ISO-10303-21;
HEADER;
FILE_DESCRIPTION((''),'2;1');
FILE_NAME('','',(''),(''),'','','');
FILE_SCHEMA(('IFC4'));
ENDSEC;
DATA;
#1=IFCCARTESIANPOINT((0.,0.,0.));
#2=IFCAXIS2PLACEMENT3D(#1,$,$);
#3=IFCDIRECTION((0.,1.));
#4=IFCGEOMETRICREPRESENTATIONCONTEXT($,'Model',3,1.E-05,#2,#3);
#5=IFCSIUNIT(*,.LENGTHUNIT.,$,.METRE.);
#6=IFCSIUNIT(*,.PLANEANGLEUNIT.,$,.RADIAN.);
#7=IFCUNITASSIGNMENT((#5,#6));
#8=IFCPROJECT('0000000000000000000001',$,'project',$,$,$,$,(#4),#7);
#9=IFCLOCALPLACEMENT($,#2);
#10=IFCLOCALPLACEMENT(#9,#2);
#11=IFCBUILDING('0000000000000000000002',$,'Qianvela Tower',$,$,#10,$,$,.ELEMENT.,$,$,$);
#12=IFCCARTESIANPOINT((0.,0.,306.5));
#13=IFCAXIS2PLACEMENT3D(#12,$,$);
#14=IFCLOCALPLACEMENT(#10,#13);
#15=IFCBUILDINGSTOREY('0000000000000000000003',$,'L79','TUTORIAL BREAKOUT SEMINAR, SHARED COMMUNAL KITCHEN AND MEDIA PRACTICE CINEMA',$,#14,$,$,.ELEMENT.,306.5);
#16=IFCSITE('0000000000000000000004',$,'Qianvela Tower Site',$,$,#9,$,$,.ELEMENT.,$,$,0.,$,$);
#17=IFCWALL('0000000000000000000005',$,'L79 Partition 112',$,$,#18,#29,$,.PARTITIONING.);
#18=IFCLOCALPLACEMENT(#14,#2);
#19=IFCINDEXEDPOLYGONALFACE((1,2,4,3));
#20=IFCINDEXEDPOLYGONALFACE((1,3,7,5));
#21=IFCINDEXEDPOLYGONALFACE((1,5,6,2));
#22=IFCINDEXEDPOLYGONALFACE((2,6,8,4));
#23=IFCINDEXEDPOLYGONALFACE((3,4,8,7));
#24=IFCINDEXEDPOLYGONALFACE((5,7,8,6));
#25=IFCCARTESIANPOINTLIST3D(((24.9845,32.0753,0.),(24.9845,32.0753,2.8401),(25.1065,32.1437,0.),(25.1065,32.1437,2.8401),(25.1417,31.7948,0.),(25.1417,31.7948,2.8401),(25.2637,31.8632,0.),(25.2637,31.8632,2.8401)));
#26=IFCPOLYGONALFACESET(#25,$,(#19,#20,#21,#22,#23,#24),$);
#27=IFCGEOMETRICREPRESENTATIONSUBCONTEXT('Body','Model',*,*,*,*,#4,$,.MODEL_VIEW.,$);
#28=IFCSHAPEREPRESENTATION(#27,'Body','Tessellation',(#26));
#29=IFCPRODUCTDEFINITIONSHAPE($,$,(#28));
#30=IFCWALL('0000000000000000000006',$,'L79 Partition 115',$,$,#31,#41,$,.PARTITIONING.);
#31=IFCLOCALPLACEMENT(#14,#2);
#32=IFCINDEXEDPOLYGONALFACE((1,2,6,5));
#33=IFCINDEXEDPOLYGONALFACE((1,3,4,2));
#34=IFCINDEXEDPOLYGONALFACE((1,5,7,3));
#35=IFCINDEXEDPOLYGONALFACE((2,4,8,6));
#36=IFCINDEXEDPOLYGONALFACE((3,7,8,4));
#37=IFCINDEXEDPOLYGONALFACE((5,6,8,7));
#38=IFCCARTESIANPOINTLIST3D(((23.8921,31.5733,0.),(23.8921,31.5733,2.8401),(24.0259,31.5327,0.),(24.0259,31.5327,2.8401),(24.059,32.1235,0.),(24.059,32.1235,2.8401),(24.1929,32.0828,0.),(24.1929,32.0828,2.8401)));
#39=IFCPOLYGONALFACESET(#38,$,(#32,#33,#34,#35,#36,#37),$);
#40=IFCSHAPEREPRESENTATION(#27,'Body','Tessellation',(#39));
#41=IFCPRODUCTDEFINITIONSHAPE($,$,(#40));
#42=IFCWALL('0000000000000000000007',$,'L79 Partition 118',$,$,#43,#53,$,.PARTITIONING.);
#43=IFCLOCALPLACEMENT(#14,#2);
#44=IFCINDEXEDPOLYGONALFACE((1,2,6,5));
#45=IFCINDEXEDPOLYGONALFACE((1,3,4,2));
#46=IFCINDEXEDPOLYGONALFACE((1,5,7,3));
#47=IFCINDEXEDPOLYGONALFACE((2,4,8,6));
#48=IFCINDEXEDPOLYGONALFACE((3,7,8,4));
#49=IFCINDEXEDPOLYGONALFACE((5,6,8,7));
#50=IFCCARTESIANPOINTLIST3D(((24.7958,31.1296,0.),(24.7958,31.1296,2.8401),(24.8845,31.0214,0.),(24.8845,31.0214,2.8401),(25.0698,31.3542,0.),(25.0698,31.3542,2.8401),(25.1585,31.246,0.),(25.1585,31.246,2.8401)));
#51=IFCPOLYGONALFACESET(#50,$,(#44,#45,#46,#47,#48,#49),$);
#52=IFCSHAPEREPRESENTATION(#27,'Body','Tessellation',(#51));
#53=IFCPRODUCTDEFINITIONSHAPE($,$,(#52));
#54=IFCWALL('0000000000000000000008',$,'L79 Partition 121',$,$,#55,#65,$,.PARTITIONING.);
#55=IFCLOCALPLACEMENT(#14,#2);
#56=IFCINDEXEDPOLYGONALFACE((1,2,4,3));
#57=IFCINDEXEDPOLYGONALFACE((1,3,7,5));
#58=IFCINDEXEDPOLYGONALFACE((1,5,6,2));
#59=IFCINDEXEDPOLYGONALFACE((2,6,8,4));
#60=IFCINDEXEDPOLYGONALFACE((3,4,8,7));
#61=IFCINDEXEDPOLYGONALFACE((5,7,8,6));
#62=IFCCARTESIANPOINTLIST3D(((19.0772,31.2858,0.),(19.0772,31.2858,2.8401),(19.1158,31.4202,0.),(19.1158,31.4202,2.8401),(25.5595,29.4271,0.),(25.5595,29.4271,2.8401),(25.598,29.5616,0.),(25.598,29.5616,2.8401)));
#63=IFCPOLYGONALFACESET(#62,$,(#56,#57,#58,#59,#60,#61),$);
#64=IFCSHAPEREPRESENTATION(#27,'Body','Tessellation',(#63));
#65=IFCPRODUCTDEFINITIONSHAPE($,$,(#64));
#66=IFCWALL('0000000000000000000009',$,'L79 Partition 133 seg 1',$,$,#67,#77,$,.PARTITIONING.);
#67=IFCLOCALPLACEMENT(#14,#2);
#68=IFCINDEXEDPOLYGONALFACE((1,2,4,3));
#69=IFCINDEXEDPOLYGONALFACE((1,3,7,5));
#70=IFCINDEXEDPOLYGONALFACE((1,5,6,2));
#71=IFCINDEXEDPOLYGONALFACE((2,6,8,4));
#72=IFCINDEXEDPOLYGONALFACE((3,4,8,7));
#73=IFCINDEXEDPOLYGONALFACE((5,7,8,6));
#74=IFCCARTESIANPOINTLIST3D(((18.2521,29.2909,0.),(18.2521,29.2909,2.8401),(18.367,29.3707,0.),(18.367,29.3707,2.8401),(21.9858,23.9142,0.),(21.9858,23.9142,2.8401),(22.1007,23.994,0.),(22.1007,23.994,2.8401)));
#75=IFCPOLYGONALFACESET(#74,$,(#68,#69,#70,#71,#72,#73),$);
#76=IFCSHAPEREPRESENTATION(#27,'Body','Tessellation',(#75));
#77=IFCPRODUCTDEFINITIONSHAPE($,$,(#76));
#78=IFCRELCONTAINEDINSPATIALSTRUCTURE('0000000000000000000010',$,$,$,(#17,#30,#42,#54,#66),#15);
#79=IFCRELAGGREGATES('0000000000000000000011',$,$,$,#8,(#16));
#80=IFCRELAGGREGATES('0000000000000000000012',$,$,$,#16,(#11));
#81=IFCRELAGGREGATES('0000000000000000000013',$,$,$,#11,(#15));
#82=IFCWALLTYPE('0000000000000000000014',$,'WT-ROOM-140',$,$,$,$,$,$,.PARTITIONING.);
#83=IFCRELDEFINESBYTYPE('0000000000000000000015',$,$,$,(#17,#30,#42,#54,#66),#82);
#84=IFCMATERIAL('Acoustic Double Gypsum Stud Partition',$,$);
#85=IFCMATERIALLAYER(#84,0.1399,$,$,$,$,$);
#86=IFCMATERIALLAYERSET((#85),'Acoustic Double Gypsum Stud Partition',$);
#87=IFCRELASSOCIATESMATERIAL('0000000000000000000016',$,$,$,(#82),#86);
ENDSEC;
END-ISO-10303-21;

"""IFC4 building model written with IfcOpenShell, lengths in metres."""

from ifc_helpers import new_model, si_unit, direction, frame, frame_2d, origin, place, context, subcontext, project, spatial, rectangle, extrude, material, layer, layer_set, type_object, element, save


model = new_model("IFC4")

# Units and contexts
model_context = context("Model", 3, precision=1e-05, world=origin(), true_north=direction((0.0, 1.0)))
body_context = subcontext(model_context, "Body", "Model", "MODEL_VIEW")
ifc_project = project(units=[si_unit("LENGTHUNIT", "METRE"), si_unit("PLANEANGLEUNIT", "RADIAN")], contexts=[model_context])

# Site, building, storey
site_placement = place(None, origin())
site = spatial("IfcSite", under=ifc_project, at=site_placement, Name="Qianvela Tower Site", CompositionType="ELEMENT", RefElevation=0.0)
building_placement = place(site_placement, origin())
building = spatial("IfcBuilding", under=site, at=building_placement, Name="Qianvela Tower", CompositionType="ELEMENT")
storey_placement = place(building_placement, frame((0.0, 0.0, 306.5)))
storey = spatial("IfcBuildingStorey", under=building, at=storey_placement, Name="L79", Description="TUTORIAL BREAKOUT SEMINAR, SHARED COMMUNAL KITCHEN AND MEDIA PRACTICE CINEMA", CompositionType="ELEMENT", Elevation=306.5)

# Walls
ifc_material_1 = material(Name="Acoustic Double Gypsum Stud Partition")
ifc_layer_1 = layer(ifc_material_1, 0.1399)
ifc_layer_set_1 = layer_set([ifc_layer_1], Name="Acoustic Double Gypsum Stud Partition")
wall_type_1 = type_object("IfcWallType", Name="WT-ROOM-140", PredefinedType="PARTITIONING", material=ifc_layer_set_1)
wall_1_placement = place(storey_placement, frame((25.2026, 31.8291, 0.0), z_axis=(0.0, 0.0, 1.0), x_axis=(-0.488927, 0.872325, 0.0)))
element("IfcWall", 1, at=wall_1_placement, inside=storey, type_object=wall_type_1, Name="L79 Partition 112", PredefinedType="PARTITIONING", context=body_context, shape_type="SweptSolid", body=[
    extrude(rectangle(XDim=0.3215, YDim=0.1399, at=frame_2d((0.1606, 0.0))), origin(), (0.0, 0.0, 1.0), 2.8401),
])
wall_2_placement = place(storey_placement, frame((24.126, 32.1033, 0.0), z_axis=(0.0, 0.0, 1.0), x_axis=(-0.290384, -0.95691, 0.0)))
element("IfcWall", 2, at=wall_2_placement, inside=storey, type_object=wall_type_1, Name="L79 Partition 115", PredefinedType="PARTITIONING", context=body_context, shape_type="SweptSolid", body=[
    extrude(rectangle(XDim=0.575, YDim=0.1399, at=frame_2d((0.2876, 0.0))), origin(), (0.0, 0.0, 1.0), 2.8401),
])
wall_3_placement = place(storey_placement, frame((24.8401, 31.0754, 0.0), z_axis=(0.0, 0.0, 1.0), x_axis=(0.773281, 0.634063, 0.0)))
element("IfcWall", 3, at=wall_3_placement, inside=storey, type_object=wall_type_1, Name="L79 Partition 118", PredefinedType="PARTITIONING", context=body_context, shape_type="SweptSolid", body=[
    extrude(rectangle(XDim=0.3542, YDim=0.1399, at=frame_2d((0.1772, 0.0))), origin(), (0.0, 0.0, 1.0), 2.8401),
])
wall_4_placement = place(storey_placement, frame((25.5786, 29.4944, 0.0), z_axis=(0.0, 0.0, 1.0), x_axis=(-0.961265, 0.275625, 0.0)))
element("IfcWall", 4, at=wall_4_placement, inside=storey, type_object=wall_type_1, Name="L79 Partition 121", PredefinedType="PARTITIONING", context=body_context, shape_type="SweptSolid", body=[
    extrude(rectangle(XDim=6.7434, YDim=0.1399, at=frame_2d((3.3716, 0.0))), origin(), (0.0, 0.0, 1.0), 2.8401),
])
wall_5_placement = place(storey_placement, frame((22.0432, 23.9541, 0.0), z_axis=(0.0, 0.0, 1.0), x_axis=(-0.570377, 0.821383, 0.0)))
element("IfcWall", 5, at=wall_5_placement, inside=storey, type_object=wall_type_1, Name="L79 Partition 133 seg 1", PredefinedType="PARTITIONING", context=body_context, shape_type="SweptSolid", body=[
    extrude(rectangle(XDim=6.5459, YDim=0.1399, at=frame_2d((3.2729, 0.0))), origin(), (0.0, 0.0, 1.0), 2.8401),
])

save(model, "model.ifc")
